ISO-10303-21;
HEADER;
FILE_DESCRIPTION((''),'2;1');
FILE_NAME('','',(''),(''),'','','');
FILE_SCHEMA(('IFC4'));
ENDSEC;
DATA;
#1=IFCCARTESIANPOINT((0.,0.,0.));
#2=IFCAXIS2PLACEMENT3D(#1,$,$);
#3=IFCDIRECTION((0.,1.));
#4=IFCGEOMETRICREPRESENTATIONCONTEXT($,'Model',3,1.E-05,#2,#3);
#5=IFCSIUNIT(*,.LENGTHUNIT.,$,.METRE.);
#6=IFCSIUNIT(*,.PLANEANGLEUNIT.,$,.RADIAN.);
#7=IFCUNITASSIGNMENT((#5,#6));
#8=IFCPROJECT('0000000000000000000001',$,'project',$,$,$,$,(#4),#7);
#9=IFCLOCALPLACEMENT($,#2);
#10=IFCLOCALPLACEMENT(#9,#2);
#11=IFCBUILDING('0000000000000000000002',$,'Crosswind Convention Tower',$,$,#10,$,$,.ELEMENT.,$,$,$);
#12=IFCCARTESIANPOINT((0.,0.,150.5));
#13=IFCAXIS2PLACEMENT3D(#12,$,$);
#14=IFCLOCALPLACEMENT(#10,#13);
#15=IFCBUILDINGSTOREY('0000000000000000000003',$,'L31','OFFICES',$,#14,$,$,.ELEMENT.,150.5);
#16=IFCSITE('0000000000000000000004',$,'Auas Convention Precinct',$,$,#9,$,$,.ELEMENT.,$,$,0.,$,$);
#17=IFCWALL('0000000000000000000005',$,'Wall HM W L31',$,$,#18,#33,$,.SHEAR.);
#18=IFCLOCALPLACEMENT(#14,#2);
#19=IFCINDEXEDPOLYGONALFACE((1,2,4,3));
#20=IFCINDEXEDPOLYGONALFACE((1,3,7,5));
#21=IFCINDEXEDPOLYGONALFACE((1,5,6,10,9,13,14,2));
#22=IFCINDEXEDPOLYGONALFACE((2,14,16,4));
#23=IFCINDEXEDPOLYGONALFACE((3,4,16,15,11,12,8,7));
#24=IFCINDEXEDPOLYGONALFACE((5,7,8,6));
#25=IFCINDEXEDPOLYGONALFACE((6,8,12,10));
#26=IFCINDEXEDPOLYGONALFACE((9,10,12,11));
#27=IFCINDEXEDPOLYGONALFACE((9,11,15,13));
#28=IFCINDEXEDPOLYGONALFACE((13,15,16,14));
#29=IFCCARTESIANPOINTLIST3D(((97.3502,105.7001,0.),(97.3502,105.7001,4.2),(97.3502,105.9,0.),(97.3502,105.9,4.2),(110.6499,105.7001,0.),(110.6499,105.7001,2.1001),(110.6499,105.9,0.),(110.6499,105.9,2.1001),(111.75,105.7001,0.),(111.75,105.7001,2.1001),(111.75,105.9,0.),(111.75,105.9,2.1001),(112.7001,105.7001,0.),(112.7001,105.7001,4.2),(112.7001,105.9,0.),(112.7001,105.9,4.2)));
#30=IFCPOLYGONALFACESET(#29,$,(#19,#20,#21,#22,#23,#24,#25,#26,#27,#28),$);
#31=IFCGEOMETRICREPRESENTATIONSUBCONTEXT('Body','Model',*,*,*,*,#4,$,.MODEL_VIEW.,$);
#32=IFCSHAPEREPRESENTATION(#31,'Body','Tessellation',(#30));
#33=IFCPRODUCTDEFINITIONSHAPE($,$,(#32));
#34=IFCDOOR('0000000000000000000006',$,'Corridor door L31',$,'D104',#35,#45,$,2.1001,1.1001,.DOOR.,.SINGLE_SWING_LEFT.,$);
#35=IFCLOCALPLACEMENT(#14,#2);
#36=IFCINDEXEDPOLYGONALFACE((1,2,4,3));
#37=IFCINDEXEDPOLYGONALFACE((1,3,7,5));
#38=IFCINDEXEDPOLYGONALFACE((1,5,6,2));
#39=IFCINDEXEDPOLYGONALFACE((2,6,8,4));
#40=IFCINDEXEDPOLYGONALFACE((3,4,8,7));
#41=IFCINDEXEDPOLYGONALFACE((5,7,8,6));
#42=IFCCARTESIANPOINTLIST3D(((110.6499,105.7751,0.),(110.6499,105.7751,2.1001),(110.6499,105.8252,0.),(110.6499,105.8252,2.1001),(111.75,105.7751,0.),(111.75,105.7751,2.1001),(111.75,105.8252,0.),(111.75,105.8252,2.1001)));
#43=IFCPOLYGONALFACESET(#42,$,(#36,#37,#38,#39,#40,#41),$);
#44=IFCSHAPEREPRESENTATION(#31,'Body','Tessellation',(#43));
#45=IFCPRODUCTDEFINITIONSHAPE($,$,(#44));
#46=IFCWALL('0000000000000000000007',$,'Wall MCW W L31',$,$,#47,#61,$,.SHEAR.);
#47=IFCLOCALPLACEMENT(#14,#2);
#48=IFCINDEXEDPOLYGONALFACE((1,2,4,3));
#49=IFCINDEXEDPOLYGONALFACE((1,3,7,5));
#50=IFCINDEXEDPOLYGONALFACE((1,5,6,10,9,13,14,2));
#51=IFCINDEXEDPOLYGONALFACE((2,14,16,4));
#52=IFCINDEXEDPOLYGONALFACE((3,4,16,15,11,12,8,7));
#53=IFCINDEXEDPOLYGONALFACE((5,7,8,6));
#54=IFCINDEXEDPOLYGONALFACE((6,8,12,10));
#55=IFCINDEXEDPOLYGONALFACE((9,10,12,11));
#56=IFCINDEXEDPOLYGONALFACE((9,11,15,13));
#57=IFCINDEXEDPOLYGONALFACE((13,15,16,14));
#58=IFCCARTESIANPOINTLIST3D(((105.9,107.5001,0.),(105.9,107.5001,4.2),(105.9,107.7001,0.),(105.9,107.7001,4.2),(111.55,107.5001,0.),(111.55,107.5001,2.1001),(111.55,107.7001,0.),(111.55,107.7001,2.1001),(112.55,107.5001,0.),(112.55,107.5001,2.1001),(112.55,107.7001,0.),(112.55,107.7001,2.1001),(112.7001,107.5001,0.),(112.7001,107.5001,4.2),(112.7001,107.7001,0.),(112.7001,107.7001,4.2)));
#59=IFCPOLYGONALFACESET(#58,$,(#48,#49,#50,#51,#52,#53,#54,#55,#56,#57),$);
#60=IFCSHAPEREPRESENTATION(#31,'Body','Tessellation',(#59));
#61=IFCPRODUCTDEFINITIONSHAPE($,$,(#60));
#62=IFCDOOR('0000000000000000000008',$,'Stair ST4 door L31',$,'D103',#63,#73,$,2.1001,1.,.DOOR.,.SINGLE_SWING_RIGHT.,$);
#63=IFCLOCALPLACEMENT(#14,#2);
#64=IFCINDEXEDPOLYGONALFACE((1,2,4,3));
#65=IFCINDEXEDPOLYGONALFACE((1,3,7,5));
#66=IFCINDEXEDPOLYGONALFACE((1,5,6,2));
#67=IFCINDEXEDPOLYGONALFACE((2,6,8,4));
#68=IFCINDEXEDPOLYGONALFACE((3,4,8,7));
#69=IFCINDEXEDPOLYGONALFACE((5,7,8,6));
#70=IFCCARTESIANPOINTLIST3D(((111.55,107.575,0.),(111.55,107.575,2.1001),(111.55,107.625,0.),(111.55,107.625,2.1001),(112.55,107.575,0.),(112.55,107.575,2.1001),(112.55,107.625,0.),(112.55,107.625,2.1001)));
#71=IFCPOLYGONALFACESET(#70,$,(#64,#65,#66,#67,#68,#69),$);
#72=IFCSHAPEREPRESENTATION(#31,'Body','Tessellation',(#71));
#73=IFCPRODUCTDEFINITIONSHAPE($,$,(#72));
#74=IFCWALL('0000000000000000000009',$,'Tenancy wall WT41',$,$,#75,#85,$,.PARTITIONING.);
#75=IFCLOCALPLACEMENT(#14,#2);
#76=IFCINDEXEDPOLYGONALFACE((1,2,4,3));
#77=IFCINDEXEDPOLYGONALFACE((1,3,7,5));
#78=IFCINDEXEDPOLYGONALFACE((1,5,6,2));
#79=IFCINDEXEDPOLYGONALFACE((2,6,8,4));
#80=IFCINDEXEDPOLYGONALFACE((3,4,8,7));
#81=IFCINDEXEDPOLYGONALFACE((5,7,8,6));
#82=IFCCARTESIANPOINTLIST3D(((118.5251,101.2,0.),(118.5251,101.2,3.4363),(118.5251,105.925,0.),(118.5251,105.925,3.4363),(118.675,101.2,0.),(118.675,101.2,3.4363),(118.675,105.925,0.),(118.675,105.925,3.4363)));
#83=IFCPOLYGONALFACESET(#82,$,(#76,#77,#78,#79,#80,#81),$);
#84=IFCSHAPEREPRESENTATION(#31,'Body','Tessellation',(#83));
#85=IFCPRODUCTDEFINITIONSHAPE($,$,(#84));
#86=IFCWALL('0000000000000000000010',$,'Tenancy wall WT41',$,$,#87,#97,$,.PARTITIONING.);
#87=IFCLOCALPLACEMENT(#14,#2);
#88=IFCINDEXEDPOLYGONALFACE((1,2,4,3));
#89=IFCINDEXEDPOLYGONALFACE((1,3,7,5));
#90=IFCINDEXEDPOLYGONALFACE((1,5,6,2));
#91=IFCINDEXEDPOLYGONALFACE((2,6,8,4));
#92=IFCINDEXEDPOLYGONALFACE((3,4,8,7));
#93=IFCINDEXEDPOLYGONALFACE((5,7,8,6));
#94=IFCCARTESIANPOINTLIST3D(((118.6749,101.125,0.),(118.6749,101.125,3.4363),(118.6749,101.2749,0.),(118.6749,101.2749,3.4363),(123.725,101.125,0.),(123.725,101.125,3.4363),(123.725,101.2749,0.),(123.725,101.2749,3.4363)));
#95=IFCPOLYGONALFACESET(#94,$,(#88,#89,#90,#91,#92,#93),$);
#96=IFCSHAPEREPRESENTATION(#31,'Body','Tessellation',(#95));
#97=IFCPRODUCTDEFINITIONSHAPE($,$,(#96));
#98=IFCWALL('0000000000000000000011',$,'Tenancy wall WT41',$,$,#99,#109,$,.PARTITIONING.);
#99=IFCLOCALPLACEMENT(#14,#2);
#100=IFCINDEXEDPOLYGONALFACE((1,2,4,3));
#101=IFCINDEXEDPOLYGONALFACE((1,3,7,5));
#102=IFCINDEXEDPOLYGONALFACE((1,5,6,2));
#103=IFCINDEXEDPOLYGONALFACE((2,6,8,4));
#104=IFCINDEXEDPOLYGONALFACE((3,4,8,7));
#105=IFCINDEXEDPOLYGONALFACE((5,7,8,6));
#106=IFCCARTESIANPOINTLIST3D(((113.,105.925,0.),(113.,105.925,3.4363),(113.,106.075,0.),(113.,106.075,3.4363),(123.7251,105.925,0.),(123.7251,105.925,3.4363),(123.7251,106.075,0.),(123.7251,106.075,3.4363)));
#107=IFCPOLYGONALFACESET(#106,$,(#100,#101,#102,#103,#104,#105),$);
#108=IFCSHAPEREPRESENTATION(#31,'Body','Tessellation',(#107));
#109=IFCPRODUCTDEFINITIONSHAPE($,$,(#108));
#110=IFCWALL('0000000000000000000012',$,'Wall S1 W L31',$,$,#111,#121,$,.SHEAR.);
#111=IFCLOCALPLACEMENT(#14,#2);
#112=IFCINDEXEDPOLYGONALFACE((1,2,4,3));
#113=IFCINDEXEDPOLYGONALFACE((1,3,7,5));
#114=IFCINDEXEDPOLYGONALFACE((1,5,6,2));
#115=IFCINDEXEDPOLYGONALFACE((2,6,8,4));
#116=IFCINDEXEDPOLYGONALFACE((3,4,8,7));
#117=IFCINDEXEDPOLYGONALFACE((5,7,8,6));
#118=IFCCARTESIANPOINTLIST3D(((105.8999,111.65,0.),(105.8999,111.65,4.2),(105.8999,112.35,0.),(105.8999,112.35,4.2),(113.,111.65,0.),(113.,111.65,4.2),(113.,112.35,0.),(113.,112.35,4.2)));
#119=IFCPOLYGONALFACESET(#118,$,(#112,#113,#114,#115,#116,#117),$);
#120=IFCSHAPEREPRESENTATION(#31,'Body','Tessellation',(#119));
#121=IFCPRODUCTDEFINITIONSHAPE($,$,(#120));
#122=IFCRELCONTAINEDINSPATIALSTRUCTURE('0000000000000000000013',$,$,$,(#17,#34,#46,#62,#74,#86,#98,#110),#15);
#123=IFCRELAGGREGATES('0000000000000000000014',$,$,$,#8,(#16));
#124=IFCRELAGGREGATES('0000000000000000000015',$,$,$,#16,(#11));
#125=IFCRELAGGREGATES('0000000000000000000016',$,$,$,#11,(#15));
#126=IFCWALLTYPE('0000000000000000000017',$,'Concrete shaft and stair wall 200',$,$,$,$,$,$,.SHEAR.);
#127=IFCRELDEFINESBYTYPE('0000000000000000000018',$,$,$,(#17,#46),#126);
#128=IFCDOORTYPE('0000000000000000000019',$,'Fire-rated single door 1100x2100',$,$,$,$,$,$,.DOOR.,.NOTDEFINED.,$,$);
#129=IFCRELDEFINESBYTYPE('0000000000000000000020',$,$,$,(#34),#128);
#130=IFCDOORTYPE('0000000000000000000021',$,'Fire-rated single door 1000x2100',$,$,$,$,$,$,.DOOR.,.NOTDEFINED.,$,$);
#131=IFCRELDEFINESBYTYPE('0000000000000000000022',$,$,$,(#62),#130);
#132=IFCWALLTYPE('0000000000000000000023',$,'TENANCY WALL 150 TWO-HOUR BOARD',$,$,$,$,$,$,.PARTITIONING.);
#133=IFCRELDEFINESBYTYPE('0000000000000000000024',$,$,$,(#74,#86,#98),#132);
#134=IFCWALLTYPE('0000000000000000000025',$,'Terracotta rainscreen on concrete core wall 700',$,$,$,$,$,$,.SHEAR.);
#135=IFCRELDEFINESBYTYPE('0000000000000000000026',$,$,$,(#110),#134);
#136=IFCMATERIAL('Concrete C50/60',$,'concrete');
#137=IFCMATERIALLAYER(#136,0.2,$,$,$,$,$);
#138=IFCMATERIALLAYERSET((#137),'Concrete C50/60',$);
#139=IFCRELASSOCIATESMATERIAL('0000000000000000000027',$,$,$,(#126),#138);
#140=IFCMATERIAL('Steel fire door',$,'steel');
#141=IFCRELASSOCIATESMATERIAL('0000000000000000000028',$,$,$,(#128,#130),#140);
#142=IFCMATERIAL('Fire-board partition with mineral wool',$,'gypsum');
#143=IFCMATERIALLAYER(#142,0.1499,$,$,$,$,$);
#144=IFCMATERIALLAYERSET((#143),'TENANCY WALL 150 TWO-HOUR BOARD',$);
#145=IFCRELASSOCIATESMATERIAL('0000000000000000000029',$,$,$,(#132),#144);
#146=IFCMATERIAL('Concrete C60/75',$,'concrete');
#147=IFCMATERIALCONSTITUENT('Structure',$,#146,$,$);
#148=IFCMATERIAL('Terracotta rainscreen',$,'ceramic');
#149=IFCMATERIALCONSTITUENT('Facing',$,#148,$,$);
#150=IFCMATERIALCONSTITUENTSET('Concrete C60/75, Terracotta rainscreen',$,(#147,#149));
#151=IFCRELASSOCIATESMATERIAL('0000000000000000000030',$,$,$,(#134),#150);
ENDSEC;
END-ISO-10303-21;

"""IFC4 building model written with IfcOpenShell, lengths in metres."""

from ifc_helpers import new_model, si_unit, direction, frame, frame_2d, origin, place, context, subcontext, project, spatial, rectangle, extrude, material, layer, layer_set, constituent, constituent_set, type_object, element, fill, save


model = new_model("IFC4")

# Units and contexts
model_context = context("Model", 3, precision=1e-05, world=origin(), true_north=direction((0.0, 1.0)))
body_context = subcontext(model_context, "Body", "Model", "MODEL_VIEW")
ifc_project = project(units=[si_unit("LENGTHUNIT", "METRE"), si_unit("PLANEANGLEUNIT", "RADIAN")], contexts=[model_context])

# Site, building, storey
site_placement = place(None, origin())
site = spatial("IfcSite", under=ifc_project, at=site_placement, Name="Auas Convention Precinct", CompositionType="ELEMENT", RefElevation=0.0)
building_placement = place(site_placement, origin())
building = spatial("IfcBuilding", under=site, at=building_placement, Name="Crosswind Convention Tower", CompositionType="ELEMENT")
storey_placement = place(building_placement, frame((0.0, 0.0, 150.5)))
storey = spatial("IfcBuildingStorey", under=building, at=storey_placement, Name="L31", Description="OFFICES", CompositionType="ELEMENT", Elevation=150.5)

# Shared definitions
ifc_material_1 = material(Name="Concrete C50/60", Category="concrete")

# Walls, openings, doors
ifc_layer_1 = layer(ifc_material_1, 0.2)
ifc_layer_set_1 = layer_set([ifc_layer_1], Name="Concrete C50/60")
wall_type_1 = type_object("IfcWallType", Name="Concrete shaft and stair wall 200", PredefinedType="SHEAR", material=ifc_layer_set_1)
wall_1_placement = place(storey_placement, frame((112.7, 105.8, 0.0), z_axis=(0.0, 0.0, 1.0), x_axis=(-1.0, 0.0, 0.0)))
wall_1 = element("IfcWall", 1, at=wall_1_placement, inside=storey, type_object=wall_type_1, Name="Wall HM W L31", PredefinedType="SHEAR", context=body_context, shape_type="SweptSolid", body=[
    extrude(rectangle(XDim=15.3499, YDim=0.2, at=frame_2d((7.6748, 0.0))), origin(), (0.0, 0.0, 1.0), 4.2),
])
opening_1_placement = place(wall_1_placement, frame((0.95, 0.0, 0.0)))
opening_1 = element("IfcOpeningElement", 2, at=opening_1_placement, cuts=wall_1, PredefinedType="OPENING", context=body_context, shape_type="SweptSolid", body=[
    extrude(rectangle(XDim=1.1001, YDim=2.1001, at=frame_2d((0.55, 1.05))), frame((0.0, 0.1099, 0.0), z_axis=(0.0, -1.0, 0.0), x_axis=(1.0, 0.0, 0.0)), (0.0, 0.0, 1.0), 0.22),
])
ifc_material_2 = material(Name="Steel fire door", Category="steel")
door_type_1 = type_object("IfcDoorType", Name="Fire-rated single door 1100x2100", OperationType="NOTDEFINED", PredefinedType="DOOR", material=ifc_material_2)
door_1_placement = place(opening_1_placement, origin())
door_1 = element("IfcDoor", 3, at=door_1_placement, inside=storey, type_object=door_type_1, Name="Corridor door L31", ObjectType="D104", OperationType="SINGLE_SWING_LEFT", OverallHeight=2.1001, OverallWidth=1.1001, PredefinedType="DOOR", context=body_context, shape_type="SweptSolid", body=[
    extrude(rectangle(XDim=1.1001, YDim=2.1001, at=frame_2d((0.55, 1.05))), frame((0.0, 0.0249, 0.0), z_axis=(0.0, -1.0, 0.0), x_axis=(1.0, 0.0, 0.0)), (0.0, 0.0, 1.0), 0.05),
])
fill(opening_1, door_1)
wall_2_placement = place(storey_placement, frame((112.7, 107.6001, 0.0), z_axis=(0.0, 0.0, 1.0), x_axis=(-1.0, 0.0, 0.0)))
wall_2 = element("IfcWall", 4, at=wall_2_placement, inside=storey, type_object=wall_type_1, Name="Wall MCW W L31", PredefinedType="SHEAR", context=body_context, shape_type="SweptSolid", body=[
    extrude(rectangle(XDim=6.8, YDim=0.2, at=frame_2d((3.3999, 0.0))), origin(), (0.0, 0.0, 1.0), 4.2),
])
opening_2_placement = place(wall_2_placement, frame((0.1499, 0.0, 0.0)))
opening_2 = element("IfcOpeningElement", 5, at=opening_2_placement, cuts=wall_2, PredefinedType="OPENING", context=body_context, shape_type="SweptSolid", body=[
    extrude(rectangle(XDim=1.0, YDim=2.1001, at=frame_2d((0.5, 1.05))), frame((0.0, 0.1099, 0.0), z_axis=(0.0, -1.0, 0.0), x_axis=(1.0, 0.0, 0.0)), (0.0, 0.0, 1.0), 0.22),
])
door_type_2 = type_object("IfcDoorType", Name="Fire-rated single door 1000x2100", OperationType="NOTDEFINED", PredefinedType="DOOR", material=ifc_material_2)
door_2_placement = place(opening_2_placement, frame((1.0, 0.0, 0.0), z_axis=(0.0, 0.0, 1.0), x_axis=(-1.0, 0.0, 0.0)))
door_2 = element("IfcDoor", 6, at=door_2_placement, inside=storey, type_object=door_type_2, Name="Stair ST4 door L31", ObjectType="D103", OperationType="SINGLE_SWING_RIGHT", OverallHeight=2.1001, OverallWidth=1.0, PredefinedType="DOOR", context=body_context, shape_type="SweptSolid", body=[
    extrude(rectangle(XDim=1.0, YDim=2.1001, at=frame_2d((0.5, 1.05))), frame((0.0, 0.0249, 0.0), z_axis=(0.0, -1.0, 0.0), x_axis=(1.0, 0.0, 0.0)), (0.0, 0.0, 1.0), 0.05),
])
fill(opening_2, door_2)

# Walls
ifc_material_3 = material(Name="Fire-board partition with mineral wool", Category="gypsum")
ifc_layer_2 = layer(ifc_material_3, 0.1499)
ifc_layer_set_2 = layer_set([ifc_layer_2], Name="TENANCY WALL 150 TWO-HOUR BOARD")
wall_type_2 = type_object("IfcWallType", Name="TENANCY WALL 150 TWO-HOUR BOARD", PredefinedType="PARTITIONING", material=ifc_layer_set_2)
wall_3_placement = place(storey_placement, frame((118.6001, 101.2, 0.0), z_axis=(0.0, 0.0, 1.0), x_axis=(0.0, 1.0, 0.0)))
element("IfcWall", 7, at=wall_3_placement, inside=storey, type_object=wall_type_2, Name="Tenancy wall WT41", PredefinedType="PARTITIONING", context=body_context, shape_type="SweptSolid", body=[
    extrude(rectangle(XDim=4.7251, YDim=0.1499, at=frame_2d((2.3625, 0.0))), origin(), (0.0, 0.0, 1.0), 3.4363),
])
wall_4_placement = place(storey_placement, frame((118.675, 101.2, 0.0), z_axis=(0.0, 0.0, 1.0), x_axis=(1.0, 0.0, 0.0)))
element("IfcWall", 8, at=wall_4_placement, inside=storey, type_object=wall_type_2, Name="Tenancy wall WT41", PredefinedType="PARTITIONING", context=body_context, shape_type="SweptSolid", body=[
    extrude(rectangle(XDim=5.05, YDim=0.1499, at=frame_2d((2.5249, 0.0))), origin(), (0.0, 0.0, 1.0), 3.4363),
])
wall_5_placement = place(storey_placement, frame((113.0, 106.0, 0.0), z_axis=(0.0, 0.0, 1.0), x_axis=(1.0, 0.0, 0.0)))
element("IfcWall", 9, at=wall_5_placement, inside=storey, type_object=wall_type_2, Name="Tenancy wall WT41", PredefinedType="PARTITIONING", context=body_context, shape_type="SweptSolid", body=[
    extrude(rectangle(XDim=10.7251, YDim=0.1499, at=frame_2d((5.3625, 0.0))), origin(), (0.0, 0.0, 1.0), 3.4363),
])
ifc_material_4 = material(Name="Concrete C60/75", Category="concrete")
ifc_constituent_1 = constituent(ifc_material_4, Name="Structure")
ifc_material_5 = material(Name="Terracotta rainscreen", Category="ceramic")
ifc_constituent_2 = constituent(ifc_material_5, Name="Facing")
ifc_constituent_set = constituent_set(constituents=[ifc_constituent_1, ifc_constituent_2], Name="Concrete C60/75, Terracotta rainscreen")
wall_type_3 = type_object("IfcWallType", Name="Terracotta rainscreen on concrete core wall 700", PredefinedType="SHEAR", material=ifc_constituent_set)
wall_6_placement = place(storey_placement, frame((113.0, 112.0, 0.0), z_axis=(0.0, 0.0, 1.0), x_axis=(-1.0, 0.0, 0.0)))
element("IfcWall", 10, at=wall_6_placement, inside=storey, type_object=wall_type_3, Name="Wall S1 W L31", PredefinedType="SHEAR", context=body_context, shape_type="SweptSolid", body=[
    extrude(rectangle(XDim=7.1001, YDim=0.7, at=frame_2d((3.55, 0.0))), origin(), (0.0, 0.0, 1.0), 4.2),
])

save(model, "model.ifc")
